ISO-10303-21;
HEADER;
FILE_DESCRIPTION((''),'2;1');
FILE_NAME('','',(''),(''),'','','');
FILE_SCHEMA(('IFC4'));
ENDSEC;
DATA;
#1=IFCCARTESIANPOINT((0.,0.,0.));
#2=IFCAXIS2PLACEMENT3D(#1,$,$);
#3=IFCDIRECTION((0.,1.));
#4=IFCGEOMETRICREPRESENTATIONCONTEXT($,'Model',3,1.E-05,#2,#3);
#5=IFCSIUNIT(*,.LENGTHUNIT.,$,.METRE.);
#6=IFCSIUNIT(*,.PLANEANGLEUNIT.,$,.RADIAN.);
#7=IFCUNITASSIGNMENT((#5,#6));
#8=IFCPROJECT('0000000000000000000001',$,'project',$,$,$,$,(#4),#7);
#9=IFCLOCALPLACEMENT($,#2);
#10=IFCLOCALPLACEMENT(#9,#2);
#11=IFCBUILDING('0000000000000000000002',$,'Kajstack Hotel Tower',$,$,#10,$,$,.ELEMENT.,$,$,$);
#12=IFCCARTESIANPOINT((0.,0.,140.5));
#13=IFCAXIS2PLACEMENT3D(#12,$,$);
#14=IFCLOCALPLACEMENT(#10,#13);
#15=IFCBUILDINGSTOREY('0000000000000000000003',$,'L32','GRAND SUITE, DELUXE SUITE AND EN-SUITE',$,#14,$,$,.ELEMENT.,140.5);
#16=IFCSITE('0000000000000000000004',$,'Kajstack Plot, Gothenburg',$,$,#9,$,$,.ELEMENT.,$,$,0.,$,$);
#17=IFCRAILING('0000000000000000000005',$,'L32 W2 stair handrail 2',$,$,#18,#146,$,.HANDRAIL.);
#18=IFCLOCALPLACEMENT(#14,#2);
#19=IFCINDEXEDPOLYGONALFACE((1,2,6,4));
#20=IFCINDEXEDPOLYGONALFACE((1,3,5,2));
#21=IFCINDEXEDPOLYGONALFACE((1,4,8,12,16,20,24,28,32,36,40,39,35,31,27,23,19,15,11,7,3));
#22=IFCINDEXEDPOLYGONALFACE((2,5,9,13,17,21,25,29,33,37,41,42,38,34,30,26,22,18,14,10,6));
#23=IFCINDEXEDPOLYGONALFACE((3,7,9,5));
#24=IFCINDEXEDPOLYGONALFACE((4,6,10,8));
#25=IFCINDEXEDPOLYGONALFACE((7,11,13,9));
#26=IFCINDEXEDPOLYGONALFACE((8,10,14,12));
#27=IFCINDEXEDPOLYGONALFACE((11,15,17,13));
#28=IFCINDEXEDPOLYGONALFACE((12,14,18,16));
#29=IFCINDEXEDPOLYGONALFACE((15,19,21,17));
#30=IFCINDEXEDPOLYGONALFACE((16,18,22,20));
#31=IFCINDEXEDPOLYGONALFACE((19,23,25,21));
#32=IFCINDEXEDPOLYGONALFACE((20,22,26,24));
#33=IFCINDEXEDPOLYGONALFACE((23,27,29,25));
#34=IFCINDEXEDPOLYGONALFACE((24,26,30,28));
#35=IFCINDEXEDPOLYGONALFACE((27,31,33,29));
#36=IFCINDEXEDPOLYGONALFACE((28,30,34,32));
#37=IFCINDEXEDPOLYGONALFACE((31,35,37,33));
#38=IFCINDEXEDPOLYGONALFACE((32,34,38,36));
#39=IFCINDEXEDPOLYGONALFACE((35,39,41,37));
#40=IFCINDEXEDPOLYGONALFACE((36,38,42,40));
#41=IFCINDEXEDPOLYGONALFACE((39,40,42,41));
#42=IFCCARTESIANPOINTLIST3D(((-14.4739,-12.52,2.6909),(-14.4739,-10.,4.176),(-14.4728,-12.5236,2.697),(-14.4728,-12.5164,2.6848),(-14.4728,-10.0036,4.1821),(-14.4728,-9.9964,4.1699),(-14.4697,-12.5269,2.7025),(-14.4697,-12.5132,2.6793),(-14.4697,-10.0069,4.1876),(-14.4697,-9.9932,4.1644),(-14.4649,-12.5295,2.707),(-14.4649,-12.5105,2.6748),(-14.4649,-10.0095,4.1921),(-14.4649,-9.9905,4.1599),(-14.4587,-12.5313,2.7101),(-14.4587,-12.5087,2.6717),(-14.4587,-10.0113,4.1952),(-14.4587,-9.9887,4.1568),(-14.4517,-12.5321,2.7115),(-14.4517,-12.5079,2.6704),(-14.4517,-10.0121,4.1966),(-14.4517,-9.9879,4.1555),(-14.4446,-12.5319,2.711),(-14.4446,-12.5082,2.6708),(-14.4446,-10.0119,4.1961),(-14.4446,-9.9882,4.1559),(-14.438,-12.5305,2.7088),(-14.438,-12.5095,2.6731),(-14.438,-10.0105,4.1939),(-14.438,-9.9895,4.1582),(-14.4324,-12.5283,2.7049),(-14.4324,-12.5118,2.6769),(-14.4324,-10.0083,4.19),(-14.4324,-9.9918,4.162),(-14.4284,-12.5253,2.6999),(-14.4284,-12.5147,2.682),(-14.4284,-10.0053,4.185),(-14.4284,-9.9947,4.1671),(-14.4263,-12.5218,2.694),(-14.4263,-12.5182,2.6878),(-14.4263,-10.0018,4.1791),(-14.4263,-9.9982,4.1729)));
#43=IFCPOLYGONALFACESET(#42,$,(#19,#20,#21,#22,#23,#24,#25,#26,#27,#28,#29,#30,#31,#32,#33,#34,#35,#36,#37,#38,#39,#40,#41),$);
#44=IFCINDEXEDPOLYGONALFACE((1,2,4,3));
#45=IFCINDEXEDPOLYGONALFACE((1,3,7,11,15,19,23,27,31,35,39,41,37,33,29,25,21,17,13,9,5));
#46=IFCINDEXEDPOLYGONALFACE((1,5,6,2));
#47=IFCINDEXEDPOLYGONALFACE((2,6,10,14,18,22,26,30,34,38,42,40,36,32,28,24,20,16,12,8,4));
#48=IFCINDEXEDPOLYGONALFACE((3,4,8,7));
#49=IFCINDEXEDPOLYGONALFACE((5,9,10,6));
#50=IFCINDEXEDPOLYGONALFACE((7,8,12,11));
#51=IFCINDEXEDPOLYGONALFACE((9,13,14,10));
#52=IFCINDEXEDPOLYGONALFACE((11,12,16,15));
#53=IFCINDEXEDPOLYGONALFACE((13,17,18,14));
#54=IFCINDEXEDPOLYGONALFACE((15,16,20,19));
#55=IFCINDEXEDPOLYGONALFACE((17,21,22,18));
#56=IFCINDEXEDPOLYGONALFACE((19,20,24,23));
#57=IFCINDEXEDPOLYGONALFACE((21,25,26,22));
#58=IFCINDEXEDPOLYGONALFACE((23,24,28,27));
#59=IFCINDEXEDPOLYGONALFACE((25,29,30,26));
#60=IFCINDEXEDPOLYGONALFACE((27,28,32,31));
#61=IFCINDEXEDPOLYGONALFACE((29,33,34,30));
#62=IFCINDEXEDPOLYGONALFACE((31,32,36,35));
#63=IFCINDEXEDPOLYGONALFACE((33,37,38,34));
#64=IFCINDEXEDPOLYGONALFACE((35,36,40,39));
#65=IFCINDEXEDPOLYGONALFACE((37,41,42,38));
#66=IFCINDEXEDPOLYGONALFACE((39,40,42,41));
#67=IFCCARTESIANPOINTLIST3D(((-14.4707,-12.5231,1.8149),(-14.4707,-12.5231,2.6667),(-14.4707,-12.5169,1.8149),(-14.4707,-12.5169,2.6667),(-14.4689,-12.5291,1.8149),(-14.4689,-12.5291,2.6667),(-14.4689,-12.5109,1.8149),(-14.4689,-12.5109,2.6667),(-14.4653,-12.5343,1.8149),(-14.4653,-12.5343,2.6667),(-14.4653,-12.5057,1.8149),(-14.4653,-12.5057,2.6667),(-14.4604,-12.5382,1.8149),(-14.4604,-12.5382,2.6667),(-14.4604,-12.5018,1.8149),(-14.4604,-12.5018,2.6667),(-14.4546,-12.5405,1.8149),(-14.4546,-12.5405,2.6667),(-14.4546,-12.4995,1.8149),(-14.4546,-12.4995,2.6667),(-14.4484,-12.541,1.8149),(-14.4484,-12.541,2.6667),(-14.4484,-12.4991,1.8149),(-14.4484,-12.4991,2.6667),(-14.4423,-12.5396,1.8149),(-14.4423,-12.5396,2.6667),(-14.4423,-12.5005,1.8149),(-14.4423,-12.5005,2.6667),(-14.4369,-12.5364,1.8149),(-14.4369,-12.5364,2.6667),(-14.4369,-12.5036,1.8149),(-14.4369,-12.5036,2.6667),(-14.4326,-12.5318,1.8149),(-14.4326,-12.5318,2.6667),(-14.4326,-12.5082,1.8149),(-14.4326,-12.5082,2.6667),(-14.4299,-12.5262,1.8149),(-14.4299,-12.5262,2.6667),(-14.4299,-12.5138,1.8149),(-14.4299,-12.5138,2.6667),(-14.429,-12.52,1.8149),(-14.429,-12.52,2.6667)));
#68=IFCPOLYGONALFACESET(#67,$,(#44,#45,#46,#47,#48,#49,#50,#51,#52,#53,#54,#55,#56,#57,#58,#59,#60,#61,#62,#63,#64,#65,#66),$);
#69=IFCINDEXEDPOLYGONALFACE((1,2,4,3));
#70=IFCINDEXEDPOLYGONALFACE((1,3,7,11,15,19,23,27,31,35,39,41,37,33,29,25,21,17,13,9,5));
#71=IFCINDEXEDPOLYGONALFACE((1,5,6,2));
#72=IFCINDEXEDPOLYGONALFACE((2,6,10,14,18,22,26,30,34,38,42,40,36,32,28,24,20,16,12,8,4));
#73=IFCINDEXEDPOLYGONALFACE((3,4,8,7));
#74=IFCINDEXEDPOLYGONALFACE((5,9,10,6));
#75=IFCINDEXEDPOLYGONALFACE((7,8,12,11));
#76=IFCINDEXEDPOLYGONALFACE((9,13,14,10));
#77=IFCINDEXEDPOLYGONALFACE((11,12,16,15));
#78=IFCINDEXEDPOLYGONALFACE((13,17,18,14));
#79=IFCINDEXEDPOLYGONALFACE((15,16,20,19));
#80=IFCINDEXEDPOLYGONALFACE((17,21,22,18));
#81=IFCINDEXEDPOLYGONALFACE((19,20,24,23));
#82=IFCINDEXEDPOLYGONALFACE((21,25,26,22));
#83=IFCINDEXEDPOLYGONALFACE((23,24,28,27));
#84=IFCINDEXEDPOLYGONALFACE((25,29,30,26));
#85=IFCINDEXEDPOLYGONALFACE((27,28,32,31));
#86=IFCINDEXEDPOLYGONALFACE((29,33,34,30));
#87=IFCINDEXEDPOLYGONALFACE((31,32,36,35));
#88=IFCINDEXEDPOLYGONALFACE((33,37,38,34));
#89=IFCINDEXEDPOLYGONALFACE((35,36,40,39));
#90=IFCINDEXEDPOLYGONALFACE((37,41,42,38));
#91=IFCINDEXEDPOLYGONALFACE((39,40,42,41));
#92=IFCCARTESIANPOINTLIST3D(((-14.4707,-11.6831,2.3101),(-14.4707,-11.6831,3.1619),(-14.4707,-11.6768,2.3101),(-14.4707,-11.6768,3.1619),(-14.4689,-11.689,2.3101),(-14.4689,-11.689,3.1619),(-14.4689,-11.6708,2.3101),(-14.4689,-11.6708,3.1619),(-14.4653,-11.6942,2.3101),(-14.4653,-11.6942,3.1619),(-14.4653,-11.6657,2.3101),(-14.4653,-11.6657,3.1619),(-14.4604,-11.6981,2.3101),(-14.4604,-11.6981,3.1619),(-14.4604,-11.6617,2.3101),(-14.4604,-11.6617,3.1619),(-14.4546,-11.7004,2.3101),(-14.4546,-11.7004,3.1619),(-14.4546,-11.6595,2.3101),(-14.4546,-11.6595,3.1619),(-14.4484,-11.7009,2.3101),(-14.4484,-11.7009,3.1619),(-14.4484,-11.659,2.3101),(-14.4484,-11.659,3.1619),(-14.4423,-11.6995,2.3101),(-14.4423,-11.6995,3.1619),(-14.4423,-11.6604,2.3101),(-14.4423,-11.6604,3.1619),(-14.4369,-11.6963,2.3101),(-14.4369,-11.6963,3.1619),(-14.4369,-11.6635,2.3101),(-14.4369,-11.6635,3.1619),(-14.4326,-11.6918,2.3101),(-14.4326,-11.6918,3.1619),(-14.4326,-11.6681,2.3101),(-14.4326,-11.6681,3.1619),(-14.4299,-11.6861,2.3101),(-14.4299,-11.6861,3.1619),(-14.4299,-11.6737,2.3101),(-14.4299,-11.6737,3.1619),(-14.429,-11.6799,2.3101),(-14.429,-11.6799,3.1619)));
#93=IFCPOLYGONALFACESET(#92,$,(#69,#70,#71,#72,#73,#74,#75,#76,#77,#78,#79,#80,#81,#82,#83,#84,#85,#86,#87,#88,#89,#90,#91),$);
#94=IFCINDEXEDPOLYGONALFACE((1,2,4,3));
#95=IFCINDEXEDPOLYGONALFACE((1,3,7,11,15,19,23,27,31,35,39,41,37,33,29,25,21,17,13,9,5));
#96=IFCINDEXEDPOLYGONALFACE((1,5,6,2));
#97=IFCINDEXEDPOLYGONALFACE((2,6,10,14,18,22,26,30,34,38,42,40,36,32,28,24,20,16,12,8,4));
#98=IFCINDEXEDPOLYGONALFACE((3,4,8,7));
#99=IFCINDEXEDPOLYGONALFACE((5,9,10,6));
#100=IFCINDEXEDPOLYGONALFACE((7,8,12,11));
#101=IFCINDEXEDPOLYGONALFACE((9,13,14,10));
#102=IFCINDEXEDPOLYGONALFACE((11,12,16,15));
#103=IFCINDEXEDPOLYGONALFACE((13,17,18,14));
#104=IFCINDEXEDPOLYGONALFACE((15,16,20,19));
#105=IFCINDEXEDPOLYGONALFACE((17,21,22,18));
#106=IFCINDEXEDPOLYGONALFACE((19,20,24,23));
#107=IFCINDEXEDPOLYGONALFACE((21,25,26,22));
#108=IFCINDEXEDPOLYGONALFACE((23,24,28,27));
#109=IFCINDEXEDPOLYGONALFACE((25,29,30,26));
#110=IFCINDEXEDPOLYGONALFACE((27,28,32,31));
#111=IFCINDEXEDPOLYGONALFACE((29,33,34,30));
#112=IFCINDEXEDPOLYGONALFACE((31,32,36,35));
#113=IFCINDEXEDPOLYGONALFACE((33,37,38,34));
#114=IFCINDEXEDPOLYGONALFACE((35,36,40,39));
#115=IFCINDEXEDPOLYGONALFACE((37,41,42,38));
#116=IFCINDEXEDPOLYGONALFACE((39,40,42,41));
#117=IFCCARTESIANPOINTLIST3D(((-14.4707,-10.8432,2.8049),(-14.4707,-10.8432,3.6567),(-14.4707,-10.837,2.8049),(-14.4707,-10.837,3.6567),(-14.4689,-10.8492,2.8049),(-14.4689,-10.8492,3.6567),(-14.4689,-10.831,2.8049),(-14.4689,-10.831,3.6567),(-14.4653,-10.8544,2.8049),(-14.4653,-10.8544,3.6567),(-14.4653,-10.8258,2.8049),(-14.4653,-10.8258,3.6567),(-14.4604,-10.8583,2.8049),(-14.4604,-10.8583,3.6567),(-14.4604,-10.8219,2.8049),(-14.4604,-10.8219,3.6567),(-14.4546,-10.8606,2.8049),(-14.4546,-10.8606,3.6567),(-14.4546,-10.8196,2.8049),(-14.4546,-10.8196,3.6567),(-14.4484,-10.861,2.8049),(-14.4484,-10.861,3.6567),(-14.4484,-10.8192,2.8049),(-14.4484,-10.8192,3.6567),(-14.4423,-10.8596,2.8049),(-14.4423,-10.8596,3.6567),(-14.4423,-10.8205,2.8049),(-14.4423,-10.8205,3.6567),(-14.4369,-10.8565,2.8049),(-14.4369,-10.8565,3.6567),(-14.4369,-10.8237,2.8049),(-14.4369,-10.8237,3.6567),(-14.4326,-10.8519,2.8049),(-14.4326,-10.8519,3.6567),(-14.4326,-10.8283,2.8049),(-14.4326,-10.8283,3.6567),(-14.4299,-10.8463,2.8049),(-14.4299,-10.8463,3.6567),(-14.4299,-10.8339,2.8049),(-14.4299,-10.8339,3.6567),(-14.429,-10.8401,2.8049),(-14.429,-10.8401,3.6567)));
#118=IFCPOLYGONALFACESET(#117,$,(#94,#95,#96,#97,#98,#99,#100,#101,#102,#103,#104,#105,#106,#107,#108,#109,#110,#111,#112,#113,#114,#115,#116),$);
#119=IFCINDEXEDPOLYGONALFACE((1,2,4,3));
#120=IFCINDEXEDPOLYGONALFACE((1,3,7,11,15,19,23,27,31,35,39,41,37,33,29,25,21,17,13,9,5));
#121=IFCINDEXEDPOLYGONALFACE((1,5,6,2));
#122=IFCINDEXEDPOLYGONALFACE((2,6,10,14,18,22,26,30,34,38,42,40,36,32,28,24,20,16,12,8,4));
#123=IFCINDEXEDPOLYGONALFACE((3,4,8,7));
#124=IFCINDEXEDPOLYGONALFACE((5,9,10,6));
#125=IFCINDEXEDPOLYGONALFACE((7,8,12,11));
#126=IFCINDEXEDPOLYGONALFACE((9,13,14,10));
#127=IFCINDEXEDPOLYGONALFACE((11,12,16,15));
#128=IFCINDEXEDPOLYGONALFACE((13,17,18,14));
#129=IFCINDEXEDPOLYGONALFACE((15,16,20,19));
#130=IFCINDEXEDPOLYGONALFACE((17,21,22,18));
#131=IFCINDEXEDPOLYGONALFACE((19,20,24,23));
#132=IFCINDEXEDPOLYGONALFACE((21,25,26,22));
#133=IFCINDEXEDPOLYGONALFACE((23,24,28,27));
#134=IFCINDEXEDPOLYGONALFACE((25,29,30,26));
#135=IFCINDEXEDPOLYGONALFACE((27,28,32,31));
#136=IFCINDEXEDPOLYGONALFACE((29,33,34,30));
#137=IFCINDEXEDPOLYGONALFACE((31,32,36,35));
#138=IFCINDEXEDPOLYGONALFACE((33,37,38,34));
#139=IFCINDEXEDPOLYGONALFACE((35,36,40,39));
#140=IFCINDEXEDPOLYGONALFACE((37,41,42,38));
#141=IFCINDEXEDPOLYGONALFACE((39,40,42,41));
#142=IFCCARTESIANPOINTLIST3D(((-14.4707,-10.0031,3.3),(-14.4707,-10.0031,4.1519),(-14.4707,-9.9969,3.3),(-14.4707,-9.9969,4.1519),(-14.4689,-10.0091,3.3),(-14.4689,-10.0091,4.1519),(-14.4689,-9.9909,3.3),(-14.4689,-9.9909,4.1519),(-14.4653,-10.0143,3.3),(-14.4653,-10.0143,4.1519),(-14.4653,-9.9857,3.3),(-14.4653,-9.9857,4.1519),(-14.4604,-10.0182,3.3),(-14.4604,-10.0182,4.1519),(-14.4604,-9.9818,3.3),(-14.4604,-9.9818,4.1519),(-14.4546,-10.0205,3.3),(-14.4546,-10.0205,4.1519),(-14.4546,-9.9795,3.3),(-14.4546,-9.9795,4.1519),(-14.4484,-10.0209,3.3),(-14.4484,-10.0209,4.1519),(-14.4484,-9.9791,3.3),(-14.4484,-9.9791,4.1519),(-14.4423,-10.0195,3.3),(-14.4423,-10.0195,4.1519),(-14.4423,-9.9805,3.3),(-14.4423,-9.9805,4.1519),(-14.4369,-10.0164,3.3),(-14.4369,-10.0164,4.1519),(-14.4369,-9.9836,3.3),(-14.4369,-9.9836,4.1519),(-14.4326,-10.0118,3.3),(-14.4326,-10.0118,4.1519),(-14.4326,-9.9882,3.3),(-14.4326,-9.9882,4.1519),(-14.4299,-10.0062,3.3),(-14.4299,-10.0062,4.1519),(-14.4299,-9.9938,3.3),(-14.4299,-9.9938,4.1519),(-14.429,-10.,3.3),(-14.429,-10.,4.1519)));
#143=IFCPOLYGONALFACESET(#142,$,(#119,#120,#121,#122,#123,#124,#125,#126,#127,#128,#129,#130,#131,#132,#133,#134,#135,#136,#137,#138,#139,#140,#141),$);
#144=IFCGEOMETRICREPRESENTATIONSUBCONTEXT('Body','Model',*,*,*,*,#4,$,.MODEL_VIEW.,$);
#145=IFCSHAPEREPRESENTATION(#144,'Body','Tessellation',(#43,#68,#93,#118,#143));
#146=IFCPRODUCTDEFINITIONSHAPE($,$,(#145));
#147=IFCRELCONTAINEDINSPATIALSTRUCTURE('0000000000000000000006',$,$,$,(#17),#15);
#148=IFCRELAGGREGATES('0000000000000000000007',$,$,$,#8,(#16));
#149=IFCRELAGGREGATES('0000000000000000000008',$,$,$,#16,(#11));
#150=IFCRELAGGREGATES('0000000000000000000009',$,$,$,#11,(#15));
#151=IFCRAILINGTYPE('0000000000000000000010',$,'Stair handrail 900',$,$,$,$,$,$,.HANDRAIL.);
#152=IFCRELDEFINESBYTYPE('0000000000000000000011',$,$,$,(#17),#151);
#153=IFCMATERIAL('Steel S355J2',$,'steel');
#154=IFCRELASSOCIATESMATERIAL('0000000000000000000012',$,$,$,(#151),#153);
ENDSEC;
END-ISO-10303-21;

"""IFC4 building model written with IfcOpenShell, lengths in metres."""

from ifc_helpers import new_model, si_unit, direction, frame, origin, origin_2d, place, context, subcontext, project, spatial, circle, extrude, material, type_object, element, save


model = new_model("IFC4")

# Units and contexts
model_context = context("Model", 3, precision=1e-05, world=origin(), true_north=direction((0.0, 1.0)))
body_context = subcontext(model_context, "Body", "Model", "MODEL_VIEW")
ifc_project = project(units=[si_unit("LENGTHUNIT", "METRE"), si_unit("PLANEANGLEUNIT", "RADIAN")], contexts=[model_context])

# Site, building, storey
site_placement = place(None, origin())
site = spatial("IfcSite", under=ifc_project, at=site_placement, Name="Kajstack Plot, Gothenburg", CompositionType="ELEMENT", RefElevation=0.0)
building_placement = place(site_placement, origin())
building = spatial("IfcBuilding", under=site, at=building_placement, Name="Kajstack Hotel Tower", CompositionType="ELEMENT")
storey_placement = place(building_placement, frame((0.0, 0.0, 140.5)))
storey = spatial("IfcBuildingStorey", under=building, at=storey_placement, Name="L32", Description="GRAND SUITE, DELUXE SUITE AND EN-SUITE", CompositionType="ELEMENT", Elevation=140.5)

# Railing
ifc_material_1 = material(Name="Steel S355J2", Category="steel")
railing_type_1 = type_object("IfcRailingType", Name="Stair handrail 900", PredefinedType="HANDRAIL", material=ifc_material_1)
railing_1_placement = place(storey_placement, frame((-14.45, -12.52, 1.8149)))
element("IfcRailing", 1, at=railing_1_placement, inside=storey, type_object=railing_type_1, Name="L32 W2 stair handrail 2", PredefinedType="HANDRAIL", context=body_context, shape_type="SweptSolid", body=[
    extrude(circle(Radius=0.0239, at=origin_2d()), frame((0.0, 0.0, 0.876), z_axis=(0.0, 0.861524, 0.507717), x_axis=(-1.0, 0.0, 0.0)), (0.0, 0.0, 1.0), 2.925),
    extrude(circle(Radius=0.021, at=origin_2d()), origin(), (0.0, 0.0, 1.0), 0.8518),
    extrude(circle(Radius=0.021, at=origin_2d()), frame((0.0, 0.8401, 0.4951)), (0.0, 0.0, 1.0), 0.8518),
    extrude(circle(Radius=0.021, at=origin_2d()), frame((0.0, 1.6799, 0.99)), (0.0, 0.0, 1.0), 0.8518),
    extrude(circle(Radius=0.021, at=origin_2d()), frame((0.0, 2.52, 1.4851)), (0.0, 0.0, 1.0), 0.8518),
])

save(model, "model.ifc")
